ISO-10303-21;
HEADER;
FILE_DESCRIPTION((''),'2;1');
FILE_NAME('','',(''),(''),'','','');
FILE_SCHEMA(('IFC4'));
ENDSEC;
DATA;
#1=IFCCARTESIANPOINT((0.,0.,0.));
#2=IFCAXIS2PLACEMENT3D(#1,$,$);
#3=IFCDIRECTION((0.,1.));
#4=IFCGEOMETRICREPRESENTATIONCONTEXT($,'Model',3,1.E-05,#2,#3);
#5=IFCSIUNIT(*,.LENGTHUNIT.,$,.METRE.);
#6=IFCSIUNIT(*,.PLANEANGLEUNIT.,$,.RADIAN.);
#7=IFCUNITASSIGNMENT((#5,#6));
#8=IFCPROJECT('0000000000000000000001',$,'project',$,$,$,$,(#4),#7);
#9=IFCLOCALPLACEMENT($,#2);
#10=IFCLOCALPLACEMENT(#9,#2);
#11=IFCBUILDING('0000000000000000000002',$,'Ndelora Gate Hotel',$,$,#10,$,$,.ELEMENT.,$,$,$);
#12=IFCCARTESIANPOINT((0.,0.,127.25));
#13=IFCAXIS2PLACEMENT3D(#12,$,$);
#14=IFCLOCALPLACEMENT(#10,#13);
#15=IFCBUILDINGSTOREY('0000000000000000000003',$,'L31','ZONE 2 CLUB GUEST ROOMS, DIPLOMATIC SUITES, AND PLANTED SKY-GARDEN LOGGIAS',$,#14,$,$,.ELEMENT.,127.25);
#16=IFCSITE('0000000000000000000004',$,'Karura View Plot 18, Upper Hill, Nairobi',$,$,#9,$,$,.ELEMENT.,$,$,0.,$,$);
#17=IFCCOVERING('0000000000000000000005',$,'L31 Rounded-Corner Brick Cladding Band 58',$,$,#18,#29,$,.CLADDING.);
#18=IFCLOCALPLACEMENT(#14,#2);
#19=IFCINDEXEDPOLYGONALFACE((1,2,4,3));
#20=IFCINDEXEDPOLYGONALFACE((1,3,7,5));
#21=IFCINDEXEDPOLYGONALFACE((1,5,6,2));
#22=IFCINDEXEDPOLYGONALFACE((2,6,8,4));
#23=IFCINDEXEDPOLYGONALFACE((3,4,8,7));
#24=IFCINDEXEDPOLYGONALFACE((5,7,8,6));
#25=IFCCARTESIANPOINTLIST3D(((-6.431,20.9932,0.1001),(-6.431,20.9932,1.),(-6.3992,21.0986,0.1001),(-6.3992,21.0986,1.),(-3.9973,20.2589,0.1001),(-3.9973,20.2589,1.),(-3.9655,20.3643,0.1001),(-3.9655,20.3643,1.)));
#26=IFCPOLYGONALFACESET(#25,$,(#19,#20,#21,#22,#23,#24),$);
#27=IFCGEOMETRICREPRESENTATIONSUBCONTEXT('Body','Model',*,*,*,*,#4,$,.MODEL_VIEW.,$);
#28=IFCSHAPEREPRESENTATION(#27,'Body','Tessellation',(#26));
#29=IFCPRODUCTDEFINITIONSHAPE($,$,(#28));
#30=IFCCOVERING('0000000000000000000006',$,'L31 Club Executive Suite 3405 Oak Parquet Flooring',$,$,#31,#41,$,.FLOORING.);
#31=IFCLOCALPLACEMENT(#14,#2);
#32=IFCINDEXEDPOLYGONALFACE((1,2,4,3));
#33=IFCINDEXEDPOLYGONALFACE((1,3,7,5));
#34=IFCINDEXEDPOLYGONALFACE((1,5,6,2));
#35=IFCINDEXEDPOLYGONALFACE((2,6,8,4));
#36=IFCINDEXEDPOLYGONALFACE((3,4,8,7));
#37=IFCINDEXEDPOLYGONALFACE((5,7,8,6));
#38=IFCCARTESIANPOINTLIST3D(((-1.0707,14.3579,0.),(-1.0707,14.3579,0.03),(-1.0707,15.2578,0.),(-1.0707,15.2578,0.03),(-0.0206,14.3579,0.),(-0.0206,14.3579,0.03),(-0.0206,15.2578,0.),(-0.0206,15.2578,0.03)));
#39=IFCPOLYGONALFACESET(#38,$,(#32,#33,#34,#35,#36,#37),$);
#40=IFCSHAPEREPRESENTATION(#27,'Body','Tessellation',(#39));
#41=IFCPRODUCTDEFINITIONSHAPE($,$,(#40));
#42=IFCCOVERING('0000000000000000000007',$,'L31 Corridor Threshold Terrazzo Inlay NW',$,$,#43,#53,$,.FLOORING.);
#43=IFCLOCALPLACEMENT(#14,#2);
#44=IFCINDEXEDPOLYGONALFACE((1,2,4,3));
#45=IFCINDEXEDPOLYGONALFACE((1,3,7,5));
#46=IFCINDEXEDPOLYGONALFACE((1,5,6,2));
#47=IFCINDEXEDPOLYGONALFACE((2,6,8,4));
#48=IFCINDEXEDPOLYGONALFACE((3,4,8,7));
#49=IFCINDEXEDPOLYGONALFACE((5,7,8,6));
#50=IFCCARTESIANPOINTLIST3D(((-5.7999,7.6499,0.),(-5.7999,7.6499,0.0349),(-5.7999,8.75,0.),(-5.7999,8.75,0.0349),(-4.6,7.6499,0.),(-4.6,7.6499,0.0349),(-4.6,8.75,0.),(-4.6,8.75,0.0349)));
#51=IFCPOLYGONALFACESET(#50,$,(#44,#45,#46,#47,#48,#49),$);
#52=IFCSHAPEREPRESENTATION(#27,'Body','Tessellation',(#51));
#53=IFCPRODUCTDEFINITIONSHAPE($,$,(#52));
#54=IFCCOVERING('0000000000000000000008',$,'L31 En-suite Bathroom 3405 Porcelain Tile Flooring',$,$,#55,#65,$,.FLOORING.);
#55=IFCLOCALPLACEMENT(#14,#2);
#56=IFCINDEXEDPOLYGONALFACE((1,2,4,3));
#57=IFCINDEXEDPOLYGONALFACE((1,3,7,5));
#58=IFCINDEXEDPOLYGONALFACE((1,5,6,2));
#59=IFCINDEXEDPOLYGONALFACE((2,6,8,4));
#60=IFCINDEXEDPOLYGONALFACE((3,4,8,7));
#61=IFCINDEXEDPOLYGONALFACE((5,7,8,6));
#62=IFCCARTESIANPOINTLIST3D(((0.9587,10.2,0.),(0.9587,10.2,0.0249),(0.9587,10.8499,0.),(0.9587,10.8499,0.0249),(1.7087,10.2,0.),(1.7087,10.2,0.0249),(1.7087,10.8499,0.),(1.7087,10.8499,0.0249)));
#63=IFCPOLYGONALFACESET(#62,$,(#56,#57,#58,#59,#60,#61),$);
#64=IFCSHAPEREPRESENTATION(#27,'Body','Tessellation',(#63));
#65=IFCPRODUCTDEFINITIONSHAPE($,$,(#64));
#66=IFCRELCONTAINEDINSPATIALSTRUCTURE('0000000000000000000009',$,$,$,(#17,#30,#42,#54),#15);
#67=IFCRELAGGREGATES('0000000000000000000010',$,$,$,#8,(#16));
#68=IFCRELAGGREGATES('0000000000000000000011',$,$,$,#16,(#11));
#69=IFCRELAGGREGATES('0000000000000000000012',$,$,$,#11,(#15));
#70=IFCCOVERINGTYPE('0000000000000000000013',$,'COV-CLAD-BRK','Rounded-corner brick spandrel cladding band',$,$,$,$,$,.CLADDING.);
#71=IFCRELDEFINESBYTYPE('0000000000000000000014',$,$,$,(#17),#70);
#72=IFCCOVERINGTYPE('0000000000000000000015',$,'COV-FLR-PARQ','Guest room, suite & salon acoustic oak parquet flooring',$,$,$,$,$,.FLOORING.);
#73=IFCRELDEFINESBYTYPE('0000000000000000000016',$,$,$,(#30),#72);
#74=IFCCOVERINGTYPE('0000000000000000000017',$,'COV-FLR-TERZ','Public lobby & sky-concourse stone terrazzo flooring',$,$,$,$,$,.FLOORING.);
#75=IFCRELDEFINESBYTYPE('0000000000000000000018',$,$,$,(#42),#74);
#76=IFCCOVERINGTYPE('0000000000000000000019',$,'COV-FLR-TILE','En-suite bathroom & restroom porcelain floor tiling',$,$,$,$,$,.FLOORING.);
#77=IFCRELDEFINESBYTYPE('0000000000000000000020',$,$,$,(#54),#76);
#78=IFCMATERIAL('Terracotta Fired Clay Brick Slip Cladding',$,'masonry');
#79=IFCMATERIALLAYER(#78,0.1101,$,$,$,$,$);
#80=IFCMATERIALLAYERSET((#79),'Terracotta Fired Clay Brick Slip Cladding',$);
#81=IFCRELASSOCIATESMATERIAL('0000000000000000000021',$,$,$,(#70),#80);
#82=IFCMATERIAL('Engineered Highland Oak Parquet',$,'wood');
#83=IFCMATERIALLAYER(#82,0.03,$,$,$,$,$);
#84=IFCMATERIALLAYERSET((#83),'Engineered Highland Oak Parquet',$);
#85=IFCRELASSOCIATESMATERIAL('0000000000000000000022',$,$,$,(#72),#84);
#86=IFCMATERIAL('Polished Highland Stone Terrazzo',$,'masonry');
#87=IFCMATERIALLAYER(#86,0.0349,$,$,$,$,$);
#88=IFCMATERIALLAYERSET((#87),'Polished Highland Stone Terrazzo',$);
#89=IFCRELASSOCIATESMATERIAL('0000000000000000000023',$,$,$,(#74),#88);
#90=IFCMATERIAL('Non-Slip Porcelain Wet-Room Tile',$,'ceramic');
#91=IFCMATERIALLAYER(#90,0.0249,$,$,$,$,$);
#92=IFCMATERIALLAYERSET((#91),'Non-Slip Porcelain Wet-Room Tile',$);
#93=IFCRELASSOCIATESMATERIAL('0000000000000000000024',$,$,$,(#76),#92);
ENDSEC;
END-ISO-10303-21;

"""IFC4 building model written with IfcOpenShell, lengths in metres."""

from ifc_helpers import new_model, si_unit, direction, frame, origin, origin_2d, place, context, subcontext, project, spatial, rectangle, extrude, material, layer, layer_set, type_object, element, save


model = new_model("IFC4")

# Units and contexts
model_context = context("Model", 3, precision=1e-05, world=origin(), true_north=direction((0.0, 1.0)))
body_context = subcontext(model_context, "Body", "Model", "MODEL_VIEW")
ifc_project = project(units=[si_unit("LENGTHUNIT", "METRE"), si_unit("PLANEANGLEUNIT", "RADIAN")], contexts=[model_context])

# Site, building, storey
site_placement = place(None, origin())
site = spatial("IfcSite", under=ifc_project, at=site_placement, Name="Karura View Plot 18, Upper Hill, Nairobi", CompositionType="ELEMENT", RefElevation=0.0)
building_placement = place(site_placement, origin())
building = spatial("IfcBuilding", under=site, at=building_placement, Name="Ndelora Gate Hotel", CompositionType="ELEMENT")
storey_placement = place(building_placement, frame((0.0, 0.0, 127.25)))
storey = spatial("IfcBuildingStorey", under=building, at=storey_placement, Name="L31", Description="ZONE 2 CLUB GUEST ROOMS, DIPLOMATIC SUITES, AND PLANTED SKY-GARDEN LOGGIAS", CompositionType="ELEMENT", Elevation=127.25)

# Coverings
ifc_material_1 = material(Name="Terracotta Fired Clay Brick Slip Cladding", Category="masonry")
ifc_layer_1 = layer(ifc_material_1, 0.1101)
ifc_layer_set_1 = layer_set([ifc_layer_1], Name="Terracotta Fired Clay Brick Slip Cladding")
covering_type_1 = type_object("IfcCoveringType", Name="COV-CLAD-BRK", Description="Rounded-corner brick spandrel cladding band", PredefinedType="CLADDING", material=ifc_layer_set_1)
covering_1_placement = place(storey_placement, frame((-5.1982, 20.6787, 0.1001), z_axis=(0.0, 0.0, 1.0), x_axis=(-0.95737, 0.288865, 0.0)))
element("IfcCovering", 1, at=covering_1_placement, inside=storey, type_object=covering_type_1, Name="L31 Rounded-Corner Brick Cladding Band 58", PredefinedType="CLADDING", context=body_context, shape_type="SweptSolid", body=[
    extrude(rectangle(XDim=2.542, YDim=0.1101, at=origin_2d()), origin(), (0.0, 0.0, 1.0), 0.8999),
])
ifc_material_2 = material(Name="Engineered Highland Oak Parquet", Category="wood")
ifc_layer_2 = layer(ifc_material_2, 0.03)
ifc_layer_set_2 = layer_set([ifc_layer_2], Name="Engineered Highland Oak Parquet")
covering_type_2 = type_object("IfcCoveringType", Name="COV-FLR-PARQ", Description="Guest room, suite & salon acoustic oak parquet flooring", PredefinedType="FLOORING", material=ifc_layer_set_2)
covering_2_placement = place(storey_placement, frame((-0.5457, 14.8079, 0.0), z_axis=(0.0, 0.0, 1.0), x_axis=(1.0, 0.0, 0.0)))
element("IfcCovering", 2, at=covering_2_placement, inside=storey, type_object=covering_type_2, Name="L31 Club Executive Suite 3405 Oak Parquet Flooring", PredefinedType="FLOORING", context=body_context, shape_type="SweptSolid", body=[
    extrude(rectangle(XDim=1.05, YDim=0.8999, at=origin_2d()), origin(), (0.0, 0.0, 1.0), 0.03),
])
ifc_material_3 = material(Name="Polished Highland Stone Terrazzo", Category="masonry")
ifc_layer_3 = layer(ifc_material_3, 0.0349)
ifc_layer_set_3 = layer_set([ifc_layer_3], Name="Polished Highland Stone Terrazzo")
covering_type_3 = type_object("IfcCoveringType", Name="COV-FLR-TERZ", Description="Public lobby & sky-concourse stone terrazzo flooring", PredefinedType="FLOORING", material=ifc_layer_set_3)
covering_3_placement = place(storey_placement, frame((-5.2, 8.2, 0.0), z_axis=(0.0, 0.0, 1.0), x_axis=(1.0, 0.0, 0.0)))
element("IfcCovering", 3, at=covering_3_placement, inside=storey, type_object=covering_type_3, Name="L31 Corridor Threshold Terrazzo Inlay NW", PredefinedType="FLOORING", context=body_context, shape_type="SweptSolid", body=[
    extrude(rectangle(XDim=1.2, YDim=1.1001, at=origin_2d()), origin(), (0.0, 0.0, 1.0), 0.0349),
])
ifc_material_4 = material(Name="Non-Slip Porcelain Wet-Room Tile", Category="ceramic")
ifc_layer_4 = layer(ifc_material_4, 0.0249)
ifc_layer_set_4 = layer_set([ifc_layer_4], Name="Non-Slip Porcelain Wet-Room Tile")
covering_type_4 = type_object("IfcCoveringType", Name="COV-FLR-TILE", Description="En-suite bathroom & restroom porcelain floor tiling", PredefinedType="FLOORING", material=ifc_layer_set_4)
covering_4_placement = place(storey_placement, frame((1.3337, 10.5249, 0.0), z_axis=(0.0, 0.0, 1.0), x_axis=(1.0, 0.0, 0.0)))
element("IfcCovering", 4, at=covering_4_placement, inside=storey, type_object=covering_type_4, Name="L31 En-suite Bathroom 3405 Porcelain Tile Flooring", PredefinedType="FLOORING", context=body_context, shape_type="SweptSolid", body=[
    extrude(rectangle(XDim=0.75, YDim=0.6499, at=origin_2d()), origin(), (0.0, 0.0, 1.0), 0.0249),
])

save(model, "model.ifc")
